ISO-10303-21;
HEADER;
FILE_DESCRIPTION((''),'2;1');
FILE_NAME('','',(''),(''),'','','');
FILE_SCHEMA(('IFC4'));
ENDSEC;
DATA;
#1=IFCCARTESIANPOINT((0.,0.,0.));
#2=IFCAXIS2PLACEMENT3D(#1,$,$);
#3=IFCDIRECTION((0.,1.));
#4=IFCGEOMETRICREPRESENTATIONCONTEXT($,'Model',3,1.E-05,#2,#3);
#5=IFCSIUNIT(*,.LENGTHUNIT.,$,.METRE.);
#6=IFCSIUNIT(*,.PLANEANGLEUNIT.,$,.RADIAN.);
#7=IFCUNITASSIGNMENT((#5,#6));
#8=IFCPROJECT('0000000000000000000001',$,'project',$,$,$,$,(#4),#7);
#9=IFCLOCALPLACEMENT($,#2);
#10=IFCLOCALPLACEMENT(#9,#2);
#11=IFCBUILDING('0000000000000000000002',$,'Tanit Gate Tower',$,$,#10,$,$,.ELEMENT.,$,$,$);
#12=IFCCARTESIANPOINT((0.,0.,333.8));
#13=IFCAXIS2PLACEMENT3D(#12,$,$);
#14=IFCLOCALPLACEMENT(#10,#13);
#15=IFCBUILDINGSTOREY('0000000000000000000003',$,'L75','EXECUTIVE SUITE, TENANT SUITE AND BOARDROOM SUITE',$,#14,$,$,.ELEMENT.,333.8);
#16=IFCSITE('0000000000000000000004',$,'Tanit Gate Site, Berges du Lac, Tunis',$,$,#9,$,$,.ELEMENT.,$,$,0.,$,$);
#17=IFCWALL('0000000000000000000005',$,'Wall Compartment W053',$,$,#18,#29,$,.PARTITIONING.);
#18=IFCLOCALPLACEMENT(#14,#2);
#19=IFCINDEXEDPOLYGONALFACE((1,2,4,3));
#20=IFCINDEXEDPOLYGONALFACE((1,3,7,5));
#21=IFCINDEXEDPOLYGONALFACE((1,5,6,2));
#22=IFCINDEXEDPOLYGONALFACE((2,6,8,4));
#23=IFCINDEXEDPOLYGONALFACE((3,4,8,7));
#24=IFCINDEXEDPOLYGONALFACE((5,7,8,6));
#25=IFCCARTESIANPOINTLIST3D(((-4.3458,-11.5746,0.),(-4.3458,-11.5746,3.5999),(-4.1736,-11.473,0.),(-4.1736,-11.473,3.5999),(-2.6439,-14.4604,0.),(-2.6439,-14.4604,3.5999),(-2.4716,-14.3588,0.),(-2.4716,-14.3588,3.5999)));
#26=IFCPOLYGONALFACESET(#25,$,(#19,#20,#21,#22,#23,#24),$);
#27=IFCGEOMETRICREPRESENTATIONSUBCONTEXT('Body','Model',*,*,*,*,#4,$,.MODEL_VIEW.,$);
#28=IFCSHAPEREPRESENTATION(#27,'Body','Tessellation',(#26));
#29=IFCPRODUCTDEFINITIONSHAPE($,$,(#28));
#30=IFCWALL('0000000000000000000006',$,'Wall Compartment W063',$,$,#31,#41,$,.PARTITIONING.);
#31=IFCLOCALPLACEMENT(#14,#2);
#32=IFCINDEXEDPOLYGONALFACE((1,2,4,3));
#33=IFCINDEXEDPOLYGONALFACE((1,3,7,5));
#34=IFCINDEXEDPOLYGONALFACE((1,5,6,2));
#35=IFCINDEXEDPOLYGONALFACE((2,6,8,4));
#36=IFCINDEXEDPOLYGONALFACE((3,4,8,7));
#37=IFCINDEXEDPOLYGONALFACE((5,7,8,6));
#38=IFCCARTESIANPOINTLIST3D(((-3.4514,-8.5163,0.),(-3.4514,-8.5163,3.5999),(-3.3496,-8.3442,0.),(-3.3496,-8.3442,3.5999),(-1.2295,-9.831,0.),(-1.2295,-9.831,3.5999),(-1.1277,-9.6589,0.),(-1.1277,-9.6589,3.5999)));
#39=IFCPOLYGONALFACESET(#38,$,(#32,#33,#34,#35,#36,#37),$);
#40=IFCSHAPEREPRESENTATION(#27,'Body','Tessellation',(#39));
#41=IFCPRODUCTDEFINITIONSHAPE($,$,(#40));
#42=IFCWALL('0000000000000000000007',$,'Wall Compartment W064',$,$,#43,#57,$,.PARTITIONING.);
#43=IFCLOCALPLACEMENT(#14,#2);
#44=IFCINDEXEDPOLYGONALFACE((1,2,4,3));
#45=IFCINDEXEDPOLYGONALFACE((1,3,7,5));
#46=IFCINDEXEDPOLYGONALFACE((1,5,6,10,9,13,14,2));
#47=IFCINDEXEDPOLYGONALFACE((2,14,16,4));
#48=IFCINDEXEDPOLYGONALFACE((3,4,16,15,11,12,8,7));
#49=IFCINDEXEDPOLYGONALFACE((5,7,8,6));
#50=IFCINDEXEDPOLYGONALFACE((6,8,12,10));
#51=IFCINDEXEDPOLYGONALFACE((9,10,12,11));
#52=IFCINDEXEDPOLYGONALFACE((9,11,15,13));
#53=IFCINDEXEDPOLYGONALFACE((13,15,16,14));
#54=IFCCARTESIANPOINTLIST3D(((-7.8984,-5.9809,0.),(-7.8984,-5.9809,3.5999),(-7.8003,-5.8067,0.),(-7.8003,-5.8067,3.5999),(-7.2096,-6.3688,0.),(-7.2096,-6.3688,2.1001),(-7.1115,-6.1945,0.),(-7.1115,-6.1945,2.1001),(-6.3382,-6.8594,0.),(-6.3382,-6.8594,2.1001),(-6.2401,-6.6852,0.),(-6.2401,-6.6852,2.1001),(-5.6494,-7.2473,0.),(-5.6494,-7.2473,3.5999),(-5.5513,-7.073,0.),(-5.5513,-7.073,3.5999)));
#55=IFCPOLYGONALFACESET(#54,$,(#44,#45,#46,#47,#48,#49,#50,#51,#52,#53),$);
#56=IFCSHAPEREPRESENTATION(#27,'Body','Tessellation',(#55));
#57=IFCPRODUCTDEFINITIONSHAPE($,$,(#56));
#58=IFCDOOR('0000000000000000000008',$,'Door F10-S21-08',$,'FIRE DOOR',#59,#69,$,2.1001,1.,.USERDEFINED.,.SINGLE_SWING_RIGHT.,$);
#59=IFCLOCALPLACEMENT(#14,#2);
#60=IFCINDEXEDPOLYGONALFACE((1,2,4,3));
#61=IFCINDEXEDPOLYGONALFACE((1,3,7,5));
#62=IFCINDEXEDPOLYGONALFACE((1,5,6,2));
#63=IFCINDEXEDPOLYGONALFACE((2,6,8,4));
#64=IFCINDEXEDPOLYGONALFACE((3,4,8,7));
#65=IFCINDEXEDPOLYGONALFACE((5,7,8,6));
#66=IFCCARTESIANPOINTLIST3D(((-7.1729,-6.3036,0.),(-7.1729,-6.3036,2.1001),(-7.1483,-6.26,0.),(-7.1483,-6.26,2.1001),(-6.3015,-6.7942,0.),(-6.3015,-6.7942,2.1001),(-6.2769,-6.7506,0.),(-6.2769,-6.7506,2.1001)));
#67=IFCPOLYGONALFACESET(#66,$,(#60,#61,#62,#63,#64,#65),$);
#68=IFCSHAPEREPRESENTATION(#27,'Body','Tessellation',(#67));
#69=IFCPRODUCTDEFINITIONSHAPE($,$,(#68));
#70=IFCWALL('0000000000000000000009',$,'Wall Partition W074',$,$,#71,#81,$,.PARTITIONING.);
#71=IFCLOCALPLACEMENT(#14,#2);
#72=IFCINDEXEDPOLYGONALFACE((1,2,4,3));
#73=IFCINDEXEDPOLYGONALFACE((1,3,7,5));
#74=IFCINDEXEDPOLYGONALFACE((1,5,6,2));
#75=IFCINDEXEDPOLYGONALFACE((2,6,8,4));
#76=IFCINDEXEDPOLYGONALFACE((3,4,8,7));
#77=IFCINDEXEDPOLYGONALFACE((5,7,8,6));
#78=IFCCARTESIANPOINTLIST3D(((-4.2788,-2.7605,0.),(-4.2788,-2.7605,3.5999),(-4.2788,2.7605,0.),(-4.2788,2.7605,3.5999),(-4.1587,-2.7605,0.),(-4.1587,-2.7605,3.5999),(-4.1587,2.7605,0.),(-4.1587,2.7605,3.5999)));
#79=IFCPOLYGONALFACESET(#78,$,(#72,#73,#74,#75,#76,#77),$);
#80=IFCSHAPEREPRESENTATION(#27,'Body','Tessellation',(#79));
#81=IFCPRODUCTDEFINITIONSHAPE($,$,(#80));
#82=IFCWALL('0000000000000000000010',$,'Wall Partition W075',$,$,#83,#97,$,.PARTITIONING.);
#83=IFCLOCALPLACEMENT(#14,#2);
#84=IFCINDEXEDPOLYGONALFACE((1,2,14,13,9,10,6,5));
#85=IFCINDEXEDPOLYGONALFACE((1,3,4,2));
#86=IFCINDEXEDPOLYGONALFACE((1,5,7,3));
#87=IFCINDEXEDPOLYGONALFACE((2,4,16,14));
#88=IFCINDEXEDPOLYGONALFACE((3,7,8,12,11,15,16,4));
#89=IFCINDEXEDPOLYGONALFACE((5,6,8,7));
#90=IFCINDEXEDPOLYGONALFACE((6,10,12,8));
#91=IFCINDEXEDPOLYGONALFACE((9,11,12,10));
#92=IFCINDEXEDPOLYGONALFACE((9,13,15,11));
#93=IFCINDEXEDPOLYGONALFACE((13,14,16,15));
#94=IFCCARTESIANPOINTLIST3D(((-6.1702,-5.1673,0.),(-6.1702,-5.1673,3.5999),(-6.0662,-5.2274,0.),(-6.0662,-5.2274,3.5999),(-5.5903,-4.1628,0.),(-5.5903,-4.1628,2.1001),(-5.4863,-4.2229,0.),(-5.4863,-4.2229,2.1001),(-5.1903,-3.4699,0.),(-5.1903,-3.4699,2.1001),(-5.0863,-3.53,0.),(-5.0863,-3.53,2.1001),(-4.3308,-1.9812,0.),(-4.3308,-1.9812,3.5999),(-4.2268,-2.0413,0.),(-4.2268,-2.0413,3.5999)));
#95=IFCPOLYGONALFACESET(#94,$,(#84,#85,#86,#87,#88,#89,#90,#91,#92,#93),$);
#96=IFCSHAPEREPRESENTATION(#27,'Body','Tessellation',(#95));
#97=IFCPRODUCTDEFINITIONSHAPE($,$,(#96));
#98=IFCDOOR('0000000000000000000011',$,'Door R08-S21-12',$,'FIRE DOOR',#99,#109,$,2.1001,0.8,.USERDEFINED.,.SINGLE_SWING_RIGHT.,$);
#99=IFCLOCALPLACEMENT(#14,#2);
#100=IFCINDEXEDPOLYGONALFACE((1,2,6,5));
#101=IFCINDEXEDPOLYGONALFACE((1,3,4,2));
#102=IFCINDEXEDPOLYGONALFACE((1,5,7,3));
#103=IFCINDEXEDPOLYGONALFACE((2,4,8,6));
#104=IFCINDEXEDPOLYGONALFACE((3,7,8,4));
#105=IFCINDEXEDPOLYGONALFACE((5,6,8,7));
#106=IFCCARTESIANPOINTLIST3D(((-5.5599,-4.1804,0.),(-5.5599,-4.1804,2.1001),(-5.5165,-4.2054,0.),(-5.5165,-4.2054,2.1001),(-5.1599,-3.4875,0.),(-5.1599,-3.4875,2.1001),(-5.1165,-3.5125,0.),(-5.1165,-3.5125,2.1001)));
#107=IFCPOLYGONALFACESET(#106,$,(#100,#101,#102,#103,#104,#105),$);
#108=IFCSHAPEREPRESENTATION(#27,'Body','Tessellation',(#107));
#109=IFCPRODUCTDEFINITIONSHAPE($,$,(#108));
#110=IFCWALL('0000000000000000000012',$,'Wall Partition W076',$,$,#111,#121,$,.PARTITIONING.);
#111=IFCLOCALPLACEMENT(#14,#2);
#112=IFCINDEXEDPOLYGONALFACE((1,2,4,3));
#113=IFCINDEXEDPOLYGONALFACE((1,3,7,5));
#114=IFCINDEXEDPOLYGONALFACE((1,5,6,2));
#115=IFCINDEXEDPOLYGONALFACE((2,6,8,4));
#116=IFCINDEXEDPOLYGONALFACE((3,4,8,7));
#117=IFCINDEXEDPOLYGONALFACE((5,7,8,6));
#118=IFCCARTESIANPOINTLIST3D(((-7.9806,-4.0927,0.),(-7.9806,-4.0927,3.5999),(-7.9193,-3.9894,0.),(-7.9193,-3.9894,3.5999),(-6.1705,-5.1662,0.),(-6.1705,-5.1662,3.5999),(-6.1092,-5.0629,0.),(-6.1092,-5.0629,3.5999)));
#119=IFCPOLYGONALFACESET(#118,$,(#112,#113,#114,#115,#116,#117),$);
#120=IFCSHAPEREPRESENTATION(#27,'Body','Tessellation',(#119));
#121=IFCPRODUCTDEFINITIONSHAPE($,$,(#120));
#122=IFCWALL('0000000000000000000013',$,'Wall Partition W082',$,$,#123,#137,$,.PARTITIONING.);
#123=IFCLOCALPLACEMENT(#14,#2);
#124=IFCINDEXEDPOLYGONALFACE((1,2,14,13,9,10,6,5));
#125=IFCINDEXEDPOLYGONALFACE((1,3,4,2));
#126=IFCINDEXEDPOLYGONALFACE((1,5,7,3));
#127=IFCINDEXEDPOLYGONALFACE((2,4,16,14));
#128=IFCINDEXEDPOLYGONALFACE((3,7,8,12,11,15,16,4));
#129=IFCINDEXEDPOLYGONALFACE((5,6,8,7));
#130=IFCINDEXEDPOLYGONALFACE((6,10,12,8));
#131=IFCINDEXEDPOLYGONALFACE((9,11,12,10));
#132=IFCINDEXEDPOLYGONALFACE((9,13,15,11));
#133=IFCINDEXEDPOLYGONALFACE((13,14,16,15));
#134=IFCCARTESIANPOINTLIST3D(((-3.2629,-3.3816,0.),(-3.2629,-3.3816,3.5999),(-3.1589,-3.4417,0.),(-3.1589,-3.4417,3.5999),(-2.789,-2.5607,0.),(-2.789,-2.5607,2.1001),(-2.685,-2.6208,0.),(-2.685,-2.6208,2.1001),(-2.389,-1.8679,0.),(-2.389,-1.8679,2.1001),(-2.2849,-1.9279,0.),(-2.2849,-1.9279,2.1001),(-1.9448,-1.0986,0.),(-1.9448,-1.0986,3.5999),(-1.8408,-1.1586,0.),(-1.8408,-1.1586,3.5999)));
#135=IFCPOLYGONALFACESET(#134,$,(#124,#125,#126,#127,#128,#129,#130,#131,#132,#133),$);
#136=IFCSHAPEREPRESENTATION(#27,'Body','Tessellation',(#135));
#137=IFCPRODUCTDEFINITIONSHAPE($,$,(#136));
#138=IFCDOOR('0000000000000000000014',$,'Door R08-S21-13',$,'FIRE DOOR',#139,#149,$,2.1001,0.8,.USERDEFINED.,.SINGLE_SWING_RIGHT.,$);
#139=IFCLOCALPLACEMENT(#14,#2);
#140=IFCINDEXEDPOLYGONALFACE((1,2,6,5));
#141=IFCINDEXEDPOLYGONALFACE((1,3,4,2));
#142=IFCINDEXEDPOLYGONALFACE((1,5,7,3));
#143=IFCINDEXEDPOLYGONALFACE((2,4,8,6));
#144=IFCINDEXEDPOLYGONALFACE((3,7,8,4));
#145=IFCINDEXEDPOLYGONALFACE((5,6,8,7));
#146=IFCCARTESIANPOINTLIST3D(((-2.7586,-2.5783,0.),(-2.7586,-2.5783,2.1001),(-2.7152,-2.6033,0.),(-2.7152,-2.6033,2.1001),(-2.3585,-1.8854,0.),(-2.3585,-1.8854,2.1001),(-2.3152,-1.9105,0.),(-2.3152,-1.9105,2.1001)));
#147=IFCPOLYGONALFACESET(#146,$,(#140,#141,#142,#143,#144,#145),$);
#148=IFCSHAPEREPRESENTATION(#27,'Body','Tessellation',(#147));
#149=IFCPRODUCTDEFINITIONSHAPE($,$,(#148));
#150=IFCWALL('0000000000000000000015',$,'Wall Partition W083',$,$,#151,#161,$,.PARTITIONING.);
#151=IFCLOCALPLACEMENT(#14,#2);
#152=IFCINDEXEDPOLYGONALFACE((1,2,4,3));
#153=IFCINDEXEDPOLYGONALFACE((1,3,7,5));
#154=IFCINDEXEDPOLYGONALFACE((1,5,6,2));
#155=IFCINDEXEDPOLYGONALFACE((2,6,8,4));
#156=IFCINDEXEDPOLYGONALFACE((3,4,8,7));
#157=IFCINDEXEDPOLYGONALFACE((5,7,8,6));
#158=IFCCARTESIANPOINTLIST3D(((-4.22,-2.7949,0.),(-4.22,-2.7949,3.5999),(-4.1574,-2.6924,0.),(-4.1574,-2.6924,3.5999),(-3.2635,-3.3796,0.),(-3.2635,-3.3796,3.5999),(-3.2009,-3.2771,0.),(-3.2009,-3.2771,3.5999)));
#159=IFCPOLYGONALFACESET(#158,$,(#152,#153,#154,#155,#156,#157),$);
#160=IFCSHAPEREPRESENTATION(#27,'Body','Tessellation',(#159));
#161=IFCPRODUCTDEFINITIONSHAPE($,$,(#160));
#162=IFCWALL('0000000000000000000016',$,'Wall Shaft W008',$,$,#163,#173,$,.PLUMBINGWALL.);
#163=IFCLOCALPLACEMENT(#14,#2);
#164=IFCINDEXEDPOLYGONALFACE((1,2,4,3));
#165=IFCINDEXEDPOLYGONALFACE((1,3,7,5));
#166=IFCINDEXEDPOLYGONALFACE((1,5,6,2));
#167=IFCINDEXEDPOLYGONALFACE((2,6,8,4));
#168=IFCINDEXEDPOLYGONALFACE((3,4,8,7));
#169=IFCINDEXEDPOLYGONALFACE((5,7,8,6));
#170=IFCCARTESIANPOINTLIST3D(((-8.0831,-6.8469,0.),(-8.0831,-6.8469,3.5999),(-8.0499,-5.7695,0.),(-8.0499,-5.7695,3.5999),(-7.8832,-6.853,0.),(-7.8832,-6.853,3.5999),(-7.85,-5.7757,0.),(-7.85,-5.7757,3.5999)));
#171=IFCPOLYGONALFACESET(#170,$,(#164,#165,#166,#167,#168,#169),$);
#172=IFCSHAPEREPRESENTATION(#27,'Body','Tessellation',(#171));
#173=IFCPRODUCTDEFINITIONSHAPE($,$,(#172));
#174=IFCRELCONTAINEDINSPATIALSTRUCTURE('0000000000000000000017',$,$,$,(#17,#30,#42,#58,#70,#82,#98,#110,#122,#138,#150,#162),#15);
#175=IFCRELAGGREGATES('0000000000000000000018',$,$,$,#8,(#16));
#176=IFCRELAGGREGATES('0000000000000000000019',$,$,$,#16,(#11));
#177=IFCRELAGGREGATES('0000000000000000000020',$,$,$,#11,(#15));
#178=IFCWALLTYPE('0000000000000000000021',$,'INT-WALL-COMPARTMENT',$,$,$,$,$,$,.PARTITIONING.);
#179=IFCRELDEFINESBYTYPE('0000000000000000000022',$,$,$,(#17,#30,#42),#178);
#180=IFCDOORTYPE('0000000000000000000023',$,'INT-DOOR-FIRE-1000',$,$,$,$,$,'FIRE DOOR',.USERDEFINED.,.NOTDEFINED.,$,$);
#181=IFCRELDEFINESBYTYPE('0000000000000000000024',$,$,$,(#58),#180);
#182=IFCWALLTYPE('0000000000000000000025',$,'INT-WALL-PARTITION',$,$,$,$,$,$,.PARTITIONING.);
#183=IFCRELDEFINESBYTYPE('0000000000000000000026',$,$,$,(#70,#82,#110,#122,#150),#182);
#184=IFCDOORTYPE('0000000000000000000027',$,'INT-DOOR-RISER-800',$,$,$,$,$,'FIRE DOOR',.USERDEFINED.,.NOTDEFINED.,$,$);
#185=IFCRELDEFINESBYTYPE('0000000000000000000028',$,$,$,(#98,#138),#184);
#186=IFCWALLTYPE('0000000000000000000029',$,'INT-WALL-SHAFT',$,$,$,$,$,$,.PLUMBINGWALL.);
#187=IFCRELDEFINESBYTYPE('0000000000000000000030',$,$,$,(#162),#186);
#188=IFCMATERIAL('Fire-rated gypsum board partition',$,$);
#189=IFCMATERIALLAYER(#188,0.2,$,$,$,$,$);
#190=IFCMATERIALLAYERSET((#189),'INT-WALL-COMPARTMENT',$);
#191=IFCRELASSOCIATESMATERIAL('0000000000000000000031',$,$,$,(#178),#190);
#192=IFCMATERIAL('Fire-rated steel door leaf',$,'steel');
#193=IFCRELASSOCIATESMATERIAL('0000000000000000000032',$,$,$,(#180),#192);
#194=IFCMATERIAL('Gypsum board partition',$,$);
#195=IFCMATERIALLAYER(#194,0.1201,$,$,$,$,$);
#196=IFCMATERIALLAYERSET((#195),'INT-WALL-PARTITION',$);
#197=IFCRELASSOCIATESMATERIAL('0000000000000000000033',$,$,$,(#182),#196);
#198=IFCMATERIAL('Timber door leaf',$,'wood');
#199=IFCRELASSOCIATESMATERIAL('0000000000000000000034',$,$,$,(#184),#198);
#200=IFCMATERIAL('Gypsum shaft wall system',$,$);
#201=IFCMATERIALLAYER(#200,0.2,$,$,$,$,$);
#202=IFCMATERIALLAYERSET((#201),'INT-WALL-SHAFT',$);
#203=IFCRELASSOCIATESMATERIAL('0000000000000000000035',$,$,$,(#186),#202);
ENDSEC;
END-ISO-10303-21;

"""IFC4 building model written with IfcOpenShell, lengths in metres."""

from ifc_helpers import new_model, si_unit, direction, frame, frame_2d, origin, place, context, subcontext, project, spatial, rectangle, extrude, material, layer, layer_set, type_object, element, fill, save


model = new_model("IFC4")

# Units and contexts
model_context = context("Model", 3, precision=1e-05, world=origin(), true_north=direction((0.0, 1.0)))
body_context = subcontext(model_context, "Body", "Model", "MODEL_VIEW")
ifc_project = project(units=[si_unit("LENGTHUNIT", "METRE"), si_unit("PLANEANGLEUNIT", "RADIAN")], contexts=[model_context])

# Site, building, storey
site_placement = place(None, origin())
site = spatial("IfcSite", under=ifc_project, at=site_placement, Name="Tanit Gate Site, Berges du Lac, Tunis", CompositionType="ELEMENT", RefElevation=0.0)
building_placement = place(site_placement, origin())
building = spatial("IfcBuilding", under=site, at=building_placement, Name="Tanit Gate Tower", CompositionType="ELEMENT")
storey_placement = place(building_placement, frame((0.0, 0.0, 333.8)))
storey = spatial("IfcBuildingStorey", under=building, at=storey_placement, Name="L75", Description="EXECUTIVE SUITE, TENANT SUITE AND BOARDROOM SUITE", CompositionType="ELEMENT", Elevation=333.8)

# Walls
ifc_material_1 = material(Name="Fire-rated gypsum board partition")
ifc_layer_1 = layer(ifc_material_1, 0.2)
ifc_layer_set_1 = layer_set([ifc_layer_1], Name="INT-WALL-COMPARTMENT")
wall_type_1 = type_object("IfcWallType", Name="INT-WALL-COMPARTMENT", PredefinedType="PARTITIONING", material=ifc_layer_set_1)
wall_1_placement = place(storey_placement, frame((-4.2598, -11.5237, 0.0), z_axis=(0.0, 0.0, 1.0), x_axis=(0.507997, -0.861359, 0.0)))
element("IfcWall", 1, at=wall_1_placement, inside=storey, type_object=wall_type_1, Name="Wall Compartment W053", PredefinedType="PARTITIONING", context=body_context, shape_type="SweptSolid", body=[
    extrude(rectangle(XDim=3.3503, YDim=0.2, at=frame_2d((1.6753, 0.0))), origin(), (0.0, 0.0, 1.0), 3.5999),
])
wall_2_placement = place(storey_placement, frame((-3.4006, -8.4302, 0.0), z_axis=(0.0, 0.0, 1.0), x_axis=(0.860631, -0.509229, 0.0)))
element("IfcWall", 2, at=wall_2_placement, inside=storey, type_object=wall_type_1, Name="Wall Compartment W063", PredefinedType="PARTITIONING", context=body_context, shape_type="SweptSolid", body=[
    extrude(rectangle(XDim=2.5818, YDim=0.2, at=frame_2d((1.291, 0.0))), origin(), (0.0, 0.0, 1.0), 3.5999),
])

# Wall, opening, door
wall_3_placement = place(storey_placement, frame((-7.8494, -5.8938, 0.0), z_axis=(0.0, 0.0, 1.0), x_axis=(0.871363, -0.490638, 0.0)))
wall_3 = element("IfcWall", 3, at=wall_3_placement, inside=storey, type_object=wall_type_1, Name="Wall Compartment W064", PredefinedType="PARTITIONING", context=body_context, shape_type="SweptSolid", body=[
    extrude(rectangle(XDim=2.5811, YDim=0.2, at=frame_2d((1.2905, 0.0))), origin(), (0.0, 0.0, 1.0), 3.5999),
])
opening_1_placement = place(wall_3_placement, frame((0.7905, 0.0, 0.0)))
opening_1 = element("IfcOpeningElement", 4, at=opening_1_placement, cuts=wall_3, PredefinedType="OPENING", context=body_context, shape_type="SweptSolid", body=[
    extrude(rectangle(XDim=1.0, YDim=2.1001, at=frame_2d((0.5, 1.05))), frame((0.0, 0.1099, 0.0), z_axis=(0.0, -1.0, 0.0), x_axis=(1.0, 0.0, 0.0)), (0.0, 0.0, 1.0), 0.22),
])
ifc_material_2 = material(Name="Fire-rated steel door leaf", Category="steel")
door_type_1 = type_object("IfcDoorType", Name="INT-DOOR-FIRE-1000", ElementType="FIRE DOOR", OperationType="NOTDEFINED", PredefinedType="USERDEFINED", material=ifc_material_2)
door_1_placement = place(opening_1_placement, origin())
door_1 = element("IfcDoor", 5, at=door_1_placement, inside=storey, type_object=door_type_1, Name="Door F10-S21-08", ObjectType="FIRE DOOR", OperationType="SINGLE_SWING_RIGHT", OverallHeight=2.1001, OverallWidth=1.0, PredefinedType="USERDEFINED", context=body_context, shape_type="SweptSolid", body=[
    extrude(rectangle(XDim=1.0, YDim=2.1001, at=frame_2d((0.5, 1.05))), frame((0.0, 0.0249, 0.0), z_axis=(0.0, -1.0, 0.0), x_axis=(1.0, 0.0, 0.0)), (0.0, 0.0, 1.0), 0.05),
])
fill(opening_1, door_1)

# Wall
ifc_material_3 = material(Name="Gypsum board partition")
ifc_layer_2 = layer(ifc_material_3, 0.1201)
ifc_layer_set_2 = layer_set([ifc_layer_2], Name="INT-WALL-PARTITION")
wall_type_2 = type_object("IfcWallType", Name="INT-WALL-PARTITION", PredefinedType="PARTITIONING", material=ifc_layer_set_2)
wall_4_placement = place(storey_placement, frame((-4.2188, -2.7605, 0.0), z_axis=(0.0, 0.0, 1.0), x_axis=(0.0, 1.0, 0.0)))
element("IfcWall", 6, at=wall_4_placement, inside=storey, type_object=wall_type_2, Name="Wall Partition W074", PredefinedType="PARTITIONING", context=body_context, shape_type="SweptSolid", body=[
    extrude(rectangle(XDim=5.521, YDim=0.1201, at=frame_2d((2.7605, 0.0))), origin(), (0.0, 0.0, 1.0), 3.5999),
])

# Wall, opening, door
wall_5_placement = place(storey_placement, frame((-6.1182, -5.1973, 0.0), z_axis=(0.0, 0.0, 1.0), x_axis=(0.499979, 0.866038, 0.0)))
wall_5 = element("IfcWall", 7, at=wall_5_placement, inside=storey, type_object=wall_type_2, Name="Wall Partition W075", PredefinedType="PARTITIONING", context=body_context, shape_type="SweptSolid", body=[
    extrude(rectangle(XDim=3.679, YDim=0.1201, at=frame_2d((1.8394, 0.0))), origin(), (0.0, 0.0, 1.0), 3.5999),
])
opening_2_placement = place(wall_5_placement, frame((1.1599, 0.0, 0.0)))
opening_2 = element("IfcOpeningElement", 8, at=opening_2_placement, cuts=wall_5, PredefinedType="OPENING", context=body_context, shape_type="SweptSolid", body=[
    extrude(rectangle(XDim=0.8, YDim=2.1001, at=frame_2d((0.3999, 1.05))), frame((0.0, 0.0701, 0.0), z_axis=(0.0, -1.0, 0.0), x_axis=(1.0, 0.0, 0.0)), (0.0, 0.0, 1.0), 0.1401),
])
ifc_material_4 = material(Name="Timber door leaf", Category="wood")
door_type_2 = type_object("IfcDoorType", Name="INT-DOOR-RISER-800", ElementType="FIRE DOOR", OperationType="NOTDEFINED", PredefinedType="USERDEFINED", material=ifc_material_4)
door_2_placement = place(opening_2_placement, origin())
door_2 = element("IfcDoor", 9, at=door_2_placement, inside=storey, type_object=door_type_2, Name="Door R08-S21-12", ObjectType="FIRE DOOR", OperationType="SINGLE_SWING_RIGHT", OverallHeight=2.1001, OverallWidth=0.8, PredefinedType="USERDEFINED", context=body_context, shape_type="SweptSolid", body=[
    extrude(rectangle(XDim=0.8, YDim=2.1001, at=frame_2d((0.3999, 1.05))), frame((0.0, 0.0249, 0.0), z_axis=(0.0, -1.0, 0.0), x_axis=(1.0, 0.0, 0.0)), (0.0, 0.0, 1.0), 0.05),
])
fill(opening_2, door_2)

# Wall
wall_6_placement = place(storey_placement, frame((-7.95, -4.041, 0.0), z_axis=(0.0, 0.0, 1.0), x_axis=(0.860112, -0.510104, 0.0)))
element("IfcWall", 10, at=wall_6_placement, inside=storey, type_object=wall_type_2, Name="Wall Partition W076", PredefinedType="PARTITIONING", context=body_context, shape_type="SweptSolid", body=[
    extrude(rectangle(XDim=2.1045, YDim=0.1201, at=frame_2d((1.0522, 0.0))), origin(), (0.0, 0.0, 1.0), 3.5999),
])

# Wall, opening, door
wall_7_placement = place(storey_placement, frame((-3.2109, -3.4116, 0.0), z_axis=(0.0, 0.0, 1.0), x_axis=(0.500014, 0.866017, 0.0)))
wall_7 = element("IfcWall", 11, at=wall_7_placement, inside=storey, type_object=wall_type_2, Name="Wall Partition W082", PredefinedType="PARTITIONING", context=body_context, shape_type="SweptSolid", body=[
    extrude(rectangle(XDim=2.6362, YDim=0.1201, at=frame_2d((1.3181, 0.0))), origin(), (0.0, 0.0, 1.0), 3.5999),
])
opening_3_placement = place(wall_7_placement, frame((0.948, 0.0, 0.0)))
opening_3 = element("IfcOpeningElement", 12, at=opening_3_placement, cuts=wall_7, PredefinedType="OPENING", context=body_context, shape_type="SweptSolid", body=[
    extrude(rectangle(XDim=0.8, YDim=2.1001, at=frame_2d((0.3999, 1.05))), frame((0.0, 0.0701, 0.0), z_axis=(0.0, -1.0, 0.0), x_axis=(1.0, 0.0, 0.0)), (0.0, 0.0, 1.0), 0.1401),
])
door_3_placement = place(opening_3_placement, origin())
door_3 = element("IfcDoor", 13, at=door_3_placement, inside=storey, type_object=door_type_2, Name="Door R08-S21-13", ObjectType="FIRE DOOR", OperationType="SINGLE_SWING_RIGHT", OverallHeight=2.1001, OverallWidth=0.8, PredefinedType="USERDEFINED", context=body_context, shape_type="SweptSolid", body=[
    extrude(rectangle(XDim=0.8, YDim=2.1001, at=frame_2d((0.3999, 1.05))), frame((0.0, 0.0249, 0.0), z_axis=(0.0, -1.0, 0.0), x_axis=(1.0, 0.0, 0.0)), (0.0, 0.0, 1.0), 0.05),
])
fill(opening_3, door_3)

# Walls
wall_8_placement = place(storey_placement, frame((-4.1887, -2.7437, 0.0), z_axis=(0.0, 0.0, 1.0), x_axis=(0.853217, -0.521556, 0.0)))
element("IfcWall", 14, at=wall_8_placement, inside=storey, type_object=wall_type_2, Name="Wall Partition W083", PredefinedType="PARTITIONING", context=body_context, shape_type="SweptSolid", body=[
    extrude(rectangle(XDim=1.1211, YDim=0.1201, at=frame_2d((0.5605, 0.0))), origin(), (0.0, 0.0, 1.0), 3.5999),
])
ifc_material_5 = material(Name="Gypsum shaft wall system")
ifc_layer_3 = layer(ifc_material_5, 0.2)
ifc_layer_set_3 = layer_set([ifc_layer_3], Name="INT-WALL-SHAFT")
wall_type_3 = type_object("IfcWallType", Name="INT-WALL-SHAFT", PredefinedType="PLUMBINGWALL", material=ifc_layer_set_3)
wall_9_placement = place(storey_placement, frame((-7.95, -5.7725, 0.0), z_axis=(0.0, 0.0, 1.0), x_axis=(-0.030803, -0.999525, 0.0)))
element("IfcWall", 15, at=wall_9_placement, inside=storey, type_object=wall_type_3, Name="Wall Shaft W008", PredefinedType="PLUMBINGWALL", context=body_context, shape_type="SweptSolid", body=[
    extrude(rectangle(XDim=1.0779, YDim=0.2, at=frame_2d((0.5391, 0.0))), origin(), (0.0, 0.0, 1.0), 3.5999),
])

save(model, "model.ifc")
